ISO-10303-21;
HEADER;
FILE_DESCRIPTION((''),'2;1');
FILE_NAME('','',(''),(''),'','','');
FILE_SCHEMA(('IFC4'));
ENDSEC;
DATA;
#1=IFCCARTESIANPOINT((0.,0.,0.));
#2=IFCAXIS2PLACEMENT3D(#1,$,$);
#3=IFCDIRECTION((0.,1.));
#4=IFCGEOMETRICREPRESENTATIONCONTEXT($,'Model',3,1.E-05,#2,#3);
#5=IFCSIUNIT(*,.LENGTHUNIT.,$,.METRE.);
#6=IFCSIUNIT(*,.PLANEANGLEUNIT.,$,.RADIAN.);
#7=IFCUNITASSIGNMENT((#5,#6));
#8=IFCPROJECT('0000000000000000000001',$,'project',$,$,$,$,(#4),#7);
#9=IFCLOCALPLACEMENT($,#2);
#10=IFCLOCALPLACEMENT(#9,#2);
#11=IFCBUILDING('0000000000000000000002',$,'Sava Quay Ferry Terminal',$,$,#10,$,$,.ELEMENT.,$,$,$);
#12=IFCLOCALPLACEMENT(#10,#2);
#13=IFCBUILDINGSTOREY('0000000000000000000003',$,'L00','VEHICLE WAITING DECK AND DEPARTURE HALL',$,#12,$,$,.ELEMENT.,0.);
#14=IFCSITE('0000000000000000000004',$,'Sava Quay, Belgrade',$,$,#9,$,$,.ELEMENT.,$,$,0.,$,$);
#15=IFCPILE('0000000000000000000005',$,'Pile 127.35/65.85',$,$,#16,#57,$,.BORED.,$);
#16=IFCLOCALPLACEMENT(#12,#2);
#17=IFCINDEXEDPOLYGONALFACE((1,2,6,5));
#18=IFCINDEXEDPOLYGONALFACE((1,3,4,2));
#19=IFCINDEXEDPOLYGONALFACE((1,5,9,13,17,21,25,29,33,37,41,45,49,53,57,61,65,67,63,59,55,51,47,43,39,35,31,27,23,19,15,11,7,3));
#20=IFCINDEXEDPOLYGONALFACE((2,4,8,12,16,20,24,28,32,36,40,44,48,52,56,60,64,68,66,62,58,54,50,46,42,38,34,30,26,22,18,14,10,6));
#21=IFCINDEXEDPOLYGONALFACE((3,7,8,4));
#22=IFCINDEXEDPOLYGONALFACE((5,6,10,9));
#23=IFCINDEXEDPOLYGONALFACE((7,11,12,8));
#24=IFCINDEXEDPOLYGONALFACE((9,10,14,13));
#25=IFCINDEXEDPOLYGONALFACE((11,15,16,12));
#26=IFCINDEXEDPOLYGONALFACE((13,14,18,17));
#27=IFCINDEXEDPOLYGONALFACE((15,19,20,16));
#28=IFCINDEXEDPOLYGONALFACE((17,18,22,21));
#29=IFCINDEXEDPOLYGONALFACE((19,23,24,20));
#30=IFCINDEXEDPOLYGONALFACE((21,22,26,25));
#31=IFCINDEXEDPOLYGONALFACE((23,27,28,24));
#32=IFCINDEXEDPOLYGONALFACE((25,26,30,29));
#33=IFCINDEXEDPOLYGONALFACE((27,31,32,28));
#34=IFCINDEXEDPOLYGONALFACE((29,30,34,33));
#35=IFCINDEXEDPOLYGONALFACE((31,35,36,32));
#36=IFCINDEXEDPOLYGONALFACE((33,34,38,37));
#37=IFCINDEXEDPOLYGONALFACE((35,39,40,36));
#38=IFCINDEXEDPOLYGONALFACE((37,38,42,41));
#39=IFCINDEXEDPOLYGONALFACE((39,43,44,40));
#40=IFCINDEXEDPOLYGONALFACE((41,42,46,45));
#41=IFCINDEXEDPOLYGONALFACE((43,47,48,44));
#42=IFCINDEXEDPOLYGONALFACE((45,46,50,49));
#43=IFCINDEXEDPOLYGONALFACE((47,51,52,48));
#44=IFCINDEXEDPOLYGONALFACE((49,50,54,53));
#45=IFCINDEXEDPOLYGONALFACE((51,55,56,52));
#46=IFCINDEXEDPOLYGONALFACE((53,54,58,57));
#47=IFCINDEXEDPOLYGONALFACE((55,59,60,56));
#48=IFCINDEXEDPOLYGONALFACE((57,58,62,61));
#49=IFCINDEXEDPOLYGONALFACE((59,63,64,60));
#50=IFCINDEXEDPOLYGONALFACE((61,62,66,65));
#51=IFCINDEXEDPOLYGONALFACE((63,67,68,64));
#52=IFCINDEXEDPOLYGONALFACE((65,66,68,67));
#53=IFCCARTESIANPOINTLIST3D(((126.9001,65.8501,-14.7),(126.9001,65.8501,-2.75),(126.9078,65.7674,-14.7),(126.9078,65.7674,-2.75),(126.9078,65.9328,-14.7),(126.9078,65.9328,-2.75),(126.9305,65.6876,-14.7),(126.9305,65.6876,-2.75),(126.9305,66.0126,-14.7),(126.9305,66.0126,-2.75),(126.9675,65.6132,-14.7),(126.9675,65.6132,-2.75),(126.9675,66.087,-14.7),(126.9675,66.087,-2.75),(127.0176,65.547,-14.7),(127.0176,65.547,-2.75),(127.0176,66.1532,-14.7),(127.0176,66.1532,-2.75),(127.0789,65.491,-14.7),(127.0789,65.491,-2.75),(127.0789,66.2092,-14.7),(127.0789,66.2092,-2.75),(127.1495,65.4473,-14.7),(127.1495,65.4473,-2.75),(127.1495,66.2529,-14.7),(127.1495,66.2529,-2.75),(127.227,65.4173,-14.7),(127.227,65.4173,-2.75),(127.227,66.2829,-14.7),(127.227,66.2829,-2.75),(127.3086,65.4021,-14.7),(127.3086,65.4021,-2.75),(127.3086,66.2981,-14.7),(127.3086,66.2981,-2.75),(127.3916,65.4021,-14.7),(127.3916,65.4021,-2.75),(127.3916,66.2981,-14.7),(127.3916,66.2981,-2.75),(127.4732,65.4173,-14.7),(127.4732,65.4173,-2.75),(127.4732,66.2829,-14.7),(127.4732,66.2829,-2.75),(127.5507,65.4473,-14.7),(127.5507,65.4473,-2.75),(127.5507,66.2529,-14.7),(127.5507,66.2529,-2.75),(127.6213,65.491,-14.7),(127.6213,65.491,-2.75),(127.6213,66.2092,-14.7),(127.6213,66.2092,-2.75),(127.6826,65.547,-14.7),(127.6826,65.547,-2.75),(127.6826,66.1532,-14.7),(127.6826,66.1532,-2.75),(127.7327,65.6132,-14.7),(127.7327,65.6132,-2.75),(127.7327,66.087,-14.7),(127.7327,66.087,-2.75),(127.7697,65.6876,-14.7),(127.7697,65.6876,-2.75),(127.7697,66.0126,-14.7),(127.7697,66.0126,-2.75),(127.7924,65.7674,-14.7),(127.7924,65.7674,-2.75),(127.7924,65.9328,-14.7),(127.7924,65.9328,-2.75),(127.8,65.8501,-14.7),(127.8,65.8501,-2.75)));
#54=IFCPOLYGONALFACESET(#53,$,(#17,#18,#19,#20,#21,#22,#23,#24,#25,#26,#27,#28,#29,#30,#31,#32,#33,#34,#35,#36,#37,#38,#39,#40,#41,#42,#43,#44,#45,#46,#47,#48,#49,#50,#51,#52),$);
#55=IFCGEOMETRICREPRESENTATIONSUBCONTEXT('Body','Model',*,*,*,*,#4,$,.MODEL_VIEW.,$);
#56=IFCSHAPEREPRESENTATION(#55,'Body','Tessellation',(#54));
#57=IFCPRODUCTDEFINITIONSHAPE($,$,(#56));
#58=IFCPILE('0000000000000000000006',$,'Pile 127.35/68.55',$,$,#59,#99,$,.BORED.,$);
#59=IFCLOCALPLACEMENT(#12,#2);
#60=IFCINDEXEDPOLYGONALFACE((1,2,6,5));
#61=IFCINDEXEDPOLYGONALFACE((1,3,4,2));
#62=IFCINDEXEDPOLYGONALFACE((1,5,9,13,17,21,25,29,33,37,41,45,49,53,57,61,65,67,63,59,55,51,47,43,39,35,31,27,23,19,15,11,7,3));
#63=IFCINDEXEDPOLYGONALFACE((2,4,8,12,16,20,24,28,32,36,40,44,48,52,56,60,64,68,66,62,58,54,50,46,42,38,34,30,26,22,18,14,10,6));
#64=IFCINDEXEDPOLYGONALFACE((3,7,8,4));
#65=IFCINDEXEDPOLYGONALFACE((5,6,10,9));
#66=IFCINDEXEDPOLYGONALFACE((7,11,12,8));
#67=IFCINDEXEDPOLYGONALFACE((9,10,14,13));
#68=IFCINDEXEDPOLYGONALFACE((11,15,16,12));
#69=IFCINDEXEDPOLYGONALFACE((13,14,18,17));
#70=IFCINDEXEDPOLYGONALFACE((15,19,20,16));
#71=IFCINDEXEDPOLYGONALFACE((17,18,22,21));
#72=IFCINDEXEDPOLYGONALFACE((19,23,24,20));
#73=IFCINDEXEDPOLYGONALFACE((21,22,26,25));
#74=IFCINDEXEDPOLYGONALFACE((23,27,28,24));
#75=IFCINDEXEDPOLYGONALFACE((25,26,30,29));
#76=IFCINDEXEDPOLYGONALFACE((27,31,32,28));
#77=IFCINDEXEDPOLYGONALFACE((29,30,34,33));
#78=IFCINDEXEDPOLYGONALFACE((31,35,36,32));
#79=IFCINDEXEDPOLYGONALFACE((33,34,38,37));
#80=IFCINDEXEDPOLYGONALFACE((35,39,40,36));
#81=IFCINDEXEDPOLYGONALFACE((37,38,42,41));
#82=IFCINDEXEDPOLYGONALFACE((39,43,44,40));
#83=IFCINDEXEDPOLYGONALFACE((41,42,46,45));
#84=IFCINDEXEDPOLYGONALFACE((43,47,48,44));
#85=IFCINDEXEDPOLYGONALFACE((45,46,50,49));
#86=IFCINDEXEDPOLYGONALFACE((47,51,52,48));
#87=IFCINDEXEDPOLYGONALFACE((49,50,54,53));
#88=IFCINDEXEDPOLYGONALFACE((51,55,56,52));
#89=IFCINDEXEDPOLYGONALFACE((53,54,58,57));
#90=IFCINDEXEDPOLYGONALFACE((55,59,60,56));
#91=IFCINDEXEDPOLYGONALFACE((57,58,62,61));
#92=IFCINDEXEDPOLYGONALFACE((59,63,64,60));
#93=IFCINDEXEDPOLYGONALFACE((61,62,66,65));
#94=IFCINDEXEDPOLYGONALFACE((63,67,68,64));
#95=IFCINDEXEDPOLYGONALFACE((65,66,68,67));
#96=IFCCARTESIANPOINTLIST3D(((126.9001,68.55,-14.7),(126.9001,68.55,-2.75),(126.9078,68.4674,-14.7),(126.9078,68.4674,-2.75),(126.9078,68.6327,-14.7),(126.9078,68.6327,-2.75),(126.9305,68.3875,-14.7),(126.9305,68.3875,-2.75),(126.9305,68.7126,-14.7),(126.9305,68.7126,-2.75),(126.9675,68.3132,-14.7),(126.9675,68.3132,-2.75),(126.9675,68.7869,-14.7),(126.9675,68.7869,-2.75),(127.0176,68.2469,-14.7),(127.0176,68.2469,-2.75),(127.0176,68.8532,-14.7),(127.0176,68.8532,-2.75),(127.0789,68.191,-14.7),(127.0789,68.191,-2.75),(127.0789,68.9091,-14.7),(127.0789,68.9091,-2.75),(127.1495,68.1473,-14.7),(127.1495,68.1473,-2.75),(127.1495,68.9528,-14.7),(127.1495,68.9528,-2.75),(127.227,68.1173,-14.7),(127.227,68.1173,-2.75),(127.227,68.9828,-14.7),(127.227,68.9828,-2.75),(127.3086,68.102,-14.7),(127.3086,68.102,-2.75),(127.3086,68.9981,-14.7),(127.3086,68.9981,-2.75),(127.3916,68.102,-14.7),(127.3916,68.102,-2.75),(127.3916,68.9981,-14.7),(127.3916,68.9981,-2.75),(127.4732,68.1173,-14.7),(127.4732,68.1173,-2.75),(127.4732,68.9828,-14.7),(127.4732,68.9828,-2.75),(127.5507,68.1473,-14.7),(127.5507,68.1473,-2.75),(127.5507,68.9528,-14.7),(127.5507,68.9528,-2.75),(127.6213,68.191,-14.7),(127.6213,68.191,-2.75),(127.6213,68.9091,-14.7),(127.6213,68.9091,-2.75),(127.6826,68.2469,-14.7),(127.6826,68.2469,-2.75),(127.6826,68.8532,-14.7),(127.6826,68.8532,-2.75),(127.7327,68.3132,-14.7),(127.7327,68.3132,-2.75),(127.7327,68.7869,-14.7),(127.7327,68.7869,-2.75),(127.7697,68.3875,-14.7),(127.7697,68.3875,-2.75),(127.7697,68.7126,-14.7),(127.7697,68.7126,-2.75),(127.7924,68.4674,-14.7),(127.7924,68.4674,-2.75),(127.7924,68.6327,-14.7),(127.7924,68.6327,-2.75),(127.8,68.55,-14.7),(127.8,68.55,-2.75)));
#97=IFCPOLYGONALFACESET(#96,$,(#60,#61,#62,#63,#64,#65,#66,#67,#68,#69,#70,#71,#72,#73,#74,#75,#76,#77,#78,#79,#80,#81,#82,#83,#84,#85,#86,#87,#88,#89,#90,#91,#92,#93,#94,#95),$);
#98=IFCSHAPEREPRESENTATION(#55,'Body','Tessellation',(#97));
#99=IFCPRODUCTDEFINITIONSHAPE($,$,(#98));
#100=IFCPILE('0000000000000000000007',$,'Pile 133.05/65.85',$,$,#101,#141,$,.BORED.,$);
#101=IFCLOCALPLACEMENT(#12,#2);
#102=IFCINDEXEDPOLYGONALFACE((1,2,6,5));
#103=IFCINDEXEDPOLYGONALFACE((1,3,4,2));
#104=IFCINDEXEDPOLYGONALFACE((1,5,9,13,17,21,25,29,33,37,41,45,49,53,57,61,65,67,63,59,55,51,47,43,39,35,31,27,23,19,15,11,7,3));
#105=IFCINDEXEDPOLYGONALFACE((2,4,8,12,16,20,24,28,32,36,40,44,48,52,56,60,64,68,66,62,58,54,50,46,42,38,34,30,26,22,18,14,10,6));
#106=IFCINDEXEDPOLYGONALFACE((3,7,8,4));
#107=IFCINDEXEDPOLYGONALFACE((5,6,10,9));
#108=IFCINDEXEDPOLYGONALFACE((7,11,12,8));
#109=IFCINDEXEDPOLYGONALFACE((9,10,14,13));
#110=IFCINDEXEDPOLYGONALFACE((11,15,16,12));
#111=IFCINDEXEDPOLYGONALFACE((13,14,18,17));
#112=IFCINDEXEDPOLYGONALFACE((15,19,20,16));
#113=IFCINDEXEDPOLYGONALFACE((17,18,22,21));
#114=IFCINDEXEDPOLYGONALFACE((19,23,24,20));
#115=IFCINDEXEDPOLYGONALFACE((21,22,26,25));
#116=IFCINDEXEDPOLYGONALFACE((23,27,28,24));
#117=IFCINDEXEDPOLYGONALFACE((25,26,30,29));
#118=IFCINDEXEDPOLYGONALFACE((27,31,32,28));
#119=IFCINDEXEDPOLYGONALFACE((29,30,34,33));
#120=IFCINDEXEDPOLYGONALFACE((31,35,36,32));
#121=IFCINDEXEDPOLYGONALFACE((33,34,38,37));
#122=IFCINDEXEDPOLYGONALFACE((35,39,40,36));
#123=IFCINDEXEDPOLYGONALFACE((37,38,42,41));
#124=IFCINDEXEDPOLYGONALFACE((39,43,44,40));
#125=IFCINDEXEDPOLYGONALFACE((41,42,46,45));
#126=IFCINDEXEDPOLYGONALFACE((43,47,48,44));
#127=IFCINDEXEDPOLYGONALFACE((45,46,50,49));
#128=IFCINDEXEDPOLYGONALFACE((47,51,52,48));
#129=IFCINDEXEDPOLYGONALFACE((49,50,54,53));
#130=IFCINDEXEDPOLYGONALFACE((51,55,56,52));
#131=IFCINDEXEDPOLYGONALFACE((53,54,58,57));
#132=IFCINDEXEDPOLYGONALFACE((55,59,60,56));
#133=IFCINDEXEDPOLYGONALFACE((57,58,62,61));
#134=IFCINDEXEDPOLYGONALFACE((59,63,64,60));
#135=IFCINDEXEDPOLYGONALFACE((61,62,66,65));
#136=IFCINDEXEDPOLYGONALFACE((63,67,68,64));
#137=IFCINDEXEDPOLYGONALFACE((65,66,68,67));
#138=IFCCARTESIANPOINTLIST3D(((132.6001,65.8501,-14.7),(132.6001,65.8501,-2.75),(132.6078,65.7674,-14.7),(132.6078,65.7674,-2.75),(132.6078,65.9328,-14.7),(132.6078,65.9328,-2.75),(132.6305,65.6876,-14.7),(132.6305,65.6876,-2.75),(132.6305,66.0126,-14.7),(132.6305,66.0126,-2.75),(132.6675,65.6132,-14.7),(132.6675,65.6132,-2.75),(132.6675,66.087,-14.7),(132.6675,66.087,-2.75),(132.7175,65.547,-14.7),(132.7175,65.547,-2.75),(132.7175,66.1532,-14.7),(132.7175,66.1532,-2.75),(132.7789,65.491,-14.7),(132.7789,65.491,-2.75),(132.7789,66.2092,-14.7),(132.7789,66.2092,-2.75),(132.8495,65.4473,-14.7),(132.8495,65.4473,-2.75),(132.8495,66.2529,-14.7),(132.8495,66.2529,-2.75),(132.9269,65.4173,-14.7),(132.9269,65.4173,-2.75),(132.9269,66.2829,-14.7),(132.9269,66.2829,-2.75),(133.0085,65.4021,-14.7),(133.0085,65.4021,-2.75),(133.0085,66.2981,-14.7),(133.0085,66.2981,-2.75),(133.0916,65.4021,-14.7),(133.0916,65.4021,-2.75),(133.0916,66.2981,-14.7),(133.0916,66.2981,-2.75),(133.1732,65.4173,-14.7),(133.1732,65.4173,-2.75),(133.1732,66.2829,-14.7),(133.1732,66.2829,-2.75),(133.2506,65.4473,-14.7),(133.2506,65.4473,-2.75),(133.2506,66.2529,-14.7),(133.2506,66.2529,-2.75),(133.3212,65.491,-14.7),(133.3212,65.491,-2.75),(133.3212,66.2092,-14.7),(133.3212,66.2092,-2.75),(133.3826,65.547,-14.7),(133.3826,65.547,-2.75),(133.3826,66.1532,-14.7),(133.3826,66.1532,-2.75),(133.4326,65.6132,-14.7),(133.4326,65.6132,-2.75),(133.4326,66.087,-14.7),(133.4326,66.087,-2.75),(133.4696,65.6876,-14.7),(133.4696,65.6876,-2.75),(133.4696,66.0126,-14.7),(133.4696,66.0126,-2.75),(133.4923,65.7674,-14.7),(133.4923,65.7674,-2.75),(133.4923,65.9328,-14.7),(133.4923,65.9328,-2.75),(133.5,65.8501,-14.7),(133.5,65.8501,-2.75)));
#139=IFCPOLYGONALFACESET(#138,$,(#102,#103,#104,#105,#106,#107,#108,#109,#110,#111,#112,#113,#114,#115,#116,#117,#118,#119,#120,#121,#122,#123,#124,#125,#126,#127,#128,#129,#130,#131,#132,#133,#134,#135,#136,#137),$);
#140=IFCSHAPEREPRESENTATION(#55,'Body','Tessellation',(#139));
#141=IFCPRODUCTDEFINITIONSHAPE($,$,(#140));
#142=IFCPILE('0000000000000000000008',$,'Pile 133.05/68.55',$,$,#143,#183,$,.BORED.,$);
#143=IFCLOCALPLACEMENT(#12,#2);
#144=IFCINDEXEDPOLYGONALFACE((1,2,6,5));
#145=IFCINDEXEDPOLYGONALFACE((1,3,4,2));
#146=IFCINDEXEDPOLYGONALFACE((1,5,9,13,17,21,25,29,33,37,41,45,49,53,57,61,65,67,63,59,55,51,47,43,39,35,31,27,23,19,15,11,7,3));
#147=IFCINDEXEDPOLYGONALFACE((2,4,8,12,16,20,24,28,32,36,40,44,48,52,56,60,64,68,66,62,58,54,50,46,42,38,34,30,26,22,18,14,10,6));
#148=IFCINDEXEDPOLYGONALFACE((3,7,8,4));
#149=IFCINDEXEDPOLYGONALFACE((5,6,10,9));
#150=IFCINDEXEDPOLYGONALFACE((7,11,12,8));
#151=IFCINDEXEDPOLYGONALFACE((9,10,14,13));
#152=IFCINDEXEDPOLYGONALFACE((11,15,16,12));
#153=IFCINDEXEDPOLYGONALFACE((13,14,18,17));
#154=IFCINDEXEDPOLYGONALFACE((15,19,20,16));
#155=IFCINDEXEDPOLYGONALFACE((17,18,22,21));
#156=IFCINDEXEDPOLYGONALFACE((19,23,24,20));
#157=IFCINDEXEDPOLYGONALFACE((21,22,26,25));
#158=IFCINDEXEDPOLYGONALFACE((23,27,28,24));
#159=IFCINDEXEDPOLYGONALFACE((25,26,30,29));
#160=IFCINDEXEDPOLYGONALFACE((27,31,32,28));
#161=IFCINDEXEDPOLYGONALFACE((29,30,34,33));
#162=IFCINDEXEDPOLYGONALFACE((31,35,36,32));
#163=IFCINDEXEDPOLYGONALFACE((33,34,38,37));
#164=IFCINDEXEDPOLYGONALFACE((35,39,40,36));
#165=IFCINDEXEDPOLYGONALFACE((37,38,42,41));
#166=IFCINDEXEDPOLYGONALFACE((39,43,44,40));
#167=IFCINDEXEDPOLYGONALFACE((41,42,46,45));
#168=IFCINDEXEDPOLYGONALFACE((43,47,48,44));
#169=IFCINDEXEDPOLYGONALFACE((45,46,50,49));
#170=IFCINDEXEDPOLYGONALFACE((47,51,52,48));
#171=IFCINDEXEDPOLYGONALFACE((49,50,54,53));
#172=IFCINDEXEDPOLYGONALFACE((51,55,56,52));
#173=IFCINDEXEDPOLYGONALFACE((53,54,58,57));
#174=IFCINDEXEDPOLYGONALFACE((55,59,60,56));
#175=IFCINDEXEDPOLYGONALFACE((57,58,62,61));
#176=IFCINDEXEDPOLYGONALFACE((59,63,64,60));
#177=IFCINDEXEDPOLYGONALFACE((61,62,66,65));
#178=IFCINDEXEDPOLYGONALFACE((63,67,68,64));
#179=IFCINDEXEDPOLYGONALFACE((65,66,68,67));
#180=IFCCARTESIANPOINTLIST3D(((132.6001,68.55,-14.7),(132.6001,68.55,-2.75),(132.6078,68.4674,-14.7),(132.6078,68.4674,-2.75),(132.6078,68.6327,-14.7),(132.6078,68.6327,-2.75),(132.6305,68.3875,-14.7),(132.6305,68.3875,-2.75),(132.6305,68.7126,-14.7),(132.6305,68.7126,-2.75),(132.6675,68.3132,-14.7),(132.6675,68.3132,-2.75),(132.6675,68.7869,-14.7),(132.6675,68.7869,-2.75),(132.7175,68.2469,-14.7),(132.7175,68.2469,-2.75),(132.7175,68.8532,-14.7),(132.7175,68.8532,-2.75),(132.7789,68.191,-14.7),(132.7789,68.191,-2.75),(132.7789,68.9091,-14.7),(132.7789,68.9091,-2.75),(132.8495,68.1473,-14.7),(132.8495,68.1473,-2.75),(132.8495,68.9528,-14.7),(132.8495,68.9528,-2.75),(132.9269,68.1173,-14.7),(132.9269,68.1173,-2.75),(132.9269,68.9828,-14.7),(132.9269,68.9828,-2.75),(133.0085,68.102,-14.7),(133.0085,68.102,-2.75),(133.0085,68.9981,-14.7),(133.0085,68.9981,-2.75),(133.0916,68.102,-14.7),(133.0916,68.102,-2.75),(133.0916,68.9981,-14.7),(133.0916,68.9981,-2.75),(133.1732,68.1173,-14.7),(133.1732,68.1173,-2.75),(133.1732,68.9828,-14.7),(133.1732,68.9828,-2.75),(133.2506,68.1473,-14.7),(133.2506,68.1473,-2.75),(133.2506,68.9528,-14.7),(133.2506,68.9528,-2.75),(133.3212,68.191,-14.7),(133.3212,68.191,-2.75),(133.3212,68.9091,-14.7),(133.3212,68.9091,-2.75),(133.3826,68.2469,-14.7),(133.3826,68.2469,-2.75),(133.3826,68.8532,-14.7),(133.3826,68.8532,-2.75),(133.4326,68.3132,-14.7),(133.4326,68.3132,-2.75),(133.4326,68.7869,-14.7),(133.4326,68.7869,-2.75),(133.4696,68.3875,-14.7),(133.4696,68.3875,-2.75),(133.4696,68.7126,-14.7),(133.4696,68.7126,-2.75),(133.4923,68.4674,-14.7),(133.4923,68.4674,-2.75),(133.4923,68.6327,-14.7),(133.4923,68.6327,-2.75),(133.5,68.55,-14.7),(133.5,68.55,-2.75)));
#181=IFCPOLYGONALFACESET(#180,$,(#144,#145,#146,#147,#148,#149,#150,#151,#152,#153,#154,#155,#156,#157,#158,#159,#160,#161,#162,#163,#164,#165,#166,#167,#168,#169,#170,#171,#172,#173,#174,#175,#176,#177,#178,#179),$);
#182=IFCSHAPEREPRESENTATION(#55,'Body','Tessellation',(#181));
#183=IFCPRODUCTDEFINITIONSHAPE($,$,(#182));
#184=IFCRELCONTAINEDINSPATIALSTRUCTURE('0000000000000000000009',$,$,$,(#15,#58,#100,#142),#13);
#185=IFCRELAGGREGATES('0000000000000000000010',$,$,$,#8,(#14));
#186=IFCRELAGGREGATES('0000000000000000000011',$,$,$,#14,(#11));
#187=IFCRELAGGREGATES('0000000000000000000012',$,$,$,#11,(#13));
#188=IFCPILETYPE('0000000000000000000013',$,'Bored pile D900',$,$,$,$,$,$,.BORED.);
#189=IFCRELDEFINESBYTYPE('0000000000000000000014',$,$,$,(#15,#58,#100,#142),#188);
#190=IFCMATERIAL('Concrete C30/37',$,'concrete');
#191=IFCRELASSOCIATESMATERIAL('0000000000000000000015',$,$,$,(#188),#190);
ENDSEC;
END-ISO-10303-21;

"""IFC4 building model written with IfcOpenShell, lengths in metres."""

from ifc_helpers import new_model, si_unit, direction, frame, origin, origin_2d, place, context, subcontext, project, spatial, circle, extrude, material, material_profile, profile_set, type_object, element, save


model = new_model("IFC4")

# Units and contexts
model_context = context("Model", 3, precision=1e-05, world=origin(), true_north=direction((0.0, 1.0)))
body_context = subcontext(model_context, "Body", "Model", "MODEL_VIEW")
ifc_project = project(units=[si_unit("LENGTHUNIT", "METRE"), si_unit("PLANEANGLEUNIT", "RADIAN")], contexts=[model_context])

# Site, building, storey
site_placement = place(None, origin())
site = spatial("IfcSite", under=ifc_project, at=site_placement, Name="Sava Quay, Belgrade", CompositionType="ELEMENT", RefElevation=0.0)
building_placement = place(site_placement, origin())
building = spatial("IfcBuilding", under=site, at=building_placement, Name="Sava Quay Ferry Terminal", CompositionType="ELEMENT")
storey_placement = place(building_placement, origin())
storey = spatial("IfcBuildingStorey", under=building, at=storey_placement, Name="L00", Description="VEHICLE WAITING DECK AND DEPARTURE HALL", CompositionType="ELEMENT", Elevation=0.0)

# Piles
ifc_material_1 = material(Name="Concrete C30/37", Category="concrete")
ifc_material_profile_1 = material_profile(ifc_material_1, circle(Radius=0.45, at=origin_2d()), Name="Bored pile D900")
ifc_profile_set_1 = profile_set([ifc_material_profile_1], Name="Concrete C30/37")
pile_type = type_object("IfcPileType", Name="Bored pile D900", PredefinedType="BORED", material=ifc_profile_set_1)
for number, where, z_axis, x_axis, name in (
    (1, (127.3501, 65.8501, -2.75), (0.0, 0.0, -1.0), (1.0, 0.0, 0.0), "Pile 127.35/65.85"),
    (2, (127.3501, 68.55, -2.75), (0.0, 0.0, -1.0), (1.0, 0.0, 0.0), "Pile 127.35/68.55"),
    (3, (133.05, 65.8501, -2.75), (0.0, 0.0, -1.0), (1.0, 0.0, 0.0), "Pile 133.05/65.85"),
    (4, (133.05, 68.55, -2.75), (0.0, 0.0, -1.0), (1.0, 0.0, 0.0), "Pile 133.05/68.55"),
):
    element("IfcPile", number, at=place(storey_placement, frame(where, z_axis=z_axis, x_axis=x_axis)), inside=storey, type_object=pile_type, Name=name, PredefinedType="BORED", context=body_context, shape_type="SweptSolid", body=[
        extrude(circle(Radius=0.45, at=origin_2d()), origin(), (0.0, 0.0, 1.0), 11.95),
    ])

save(model, "model.ifc")
